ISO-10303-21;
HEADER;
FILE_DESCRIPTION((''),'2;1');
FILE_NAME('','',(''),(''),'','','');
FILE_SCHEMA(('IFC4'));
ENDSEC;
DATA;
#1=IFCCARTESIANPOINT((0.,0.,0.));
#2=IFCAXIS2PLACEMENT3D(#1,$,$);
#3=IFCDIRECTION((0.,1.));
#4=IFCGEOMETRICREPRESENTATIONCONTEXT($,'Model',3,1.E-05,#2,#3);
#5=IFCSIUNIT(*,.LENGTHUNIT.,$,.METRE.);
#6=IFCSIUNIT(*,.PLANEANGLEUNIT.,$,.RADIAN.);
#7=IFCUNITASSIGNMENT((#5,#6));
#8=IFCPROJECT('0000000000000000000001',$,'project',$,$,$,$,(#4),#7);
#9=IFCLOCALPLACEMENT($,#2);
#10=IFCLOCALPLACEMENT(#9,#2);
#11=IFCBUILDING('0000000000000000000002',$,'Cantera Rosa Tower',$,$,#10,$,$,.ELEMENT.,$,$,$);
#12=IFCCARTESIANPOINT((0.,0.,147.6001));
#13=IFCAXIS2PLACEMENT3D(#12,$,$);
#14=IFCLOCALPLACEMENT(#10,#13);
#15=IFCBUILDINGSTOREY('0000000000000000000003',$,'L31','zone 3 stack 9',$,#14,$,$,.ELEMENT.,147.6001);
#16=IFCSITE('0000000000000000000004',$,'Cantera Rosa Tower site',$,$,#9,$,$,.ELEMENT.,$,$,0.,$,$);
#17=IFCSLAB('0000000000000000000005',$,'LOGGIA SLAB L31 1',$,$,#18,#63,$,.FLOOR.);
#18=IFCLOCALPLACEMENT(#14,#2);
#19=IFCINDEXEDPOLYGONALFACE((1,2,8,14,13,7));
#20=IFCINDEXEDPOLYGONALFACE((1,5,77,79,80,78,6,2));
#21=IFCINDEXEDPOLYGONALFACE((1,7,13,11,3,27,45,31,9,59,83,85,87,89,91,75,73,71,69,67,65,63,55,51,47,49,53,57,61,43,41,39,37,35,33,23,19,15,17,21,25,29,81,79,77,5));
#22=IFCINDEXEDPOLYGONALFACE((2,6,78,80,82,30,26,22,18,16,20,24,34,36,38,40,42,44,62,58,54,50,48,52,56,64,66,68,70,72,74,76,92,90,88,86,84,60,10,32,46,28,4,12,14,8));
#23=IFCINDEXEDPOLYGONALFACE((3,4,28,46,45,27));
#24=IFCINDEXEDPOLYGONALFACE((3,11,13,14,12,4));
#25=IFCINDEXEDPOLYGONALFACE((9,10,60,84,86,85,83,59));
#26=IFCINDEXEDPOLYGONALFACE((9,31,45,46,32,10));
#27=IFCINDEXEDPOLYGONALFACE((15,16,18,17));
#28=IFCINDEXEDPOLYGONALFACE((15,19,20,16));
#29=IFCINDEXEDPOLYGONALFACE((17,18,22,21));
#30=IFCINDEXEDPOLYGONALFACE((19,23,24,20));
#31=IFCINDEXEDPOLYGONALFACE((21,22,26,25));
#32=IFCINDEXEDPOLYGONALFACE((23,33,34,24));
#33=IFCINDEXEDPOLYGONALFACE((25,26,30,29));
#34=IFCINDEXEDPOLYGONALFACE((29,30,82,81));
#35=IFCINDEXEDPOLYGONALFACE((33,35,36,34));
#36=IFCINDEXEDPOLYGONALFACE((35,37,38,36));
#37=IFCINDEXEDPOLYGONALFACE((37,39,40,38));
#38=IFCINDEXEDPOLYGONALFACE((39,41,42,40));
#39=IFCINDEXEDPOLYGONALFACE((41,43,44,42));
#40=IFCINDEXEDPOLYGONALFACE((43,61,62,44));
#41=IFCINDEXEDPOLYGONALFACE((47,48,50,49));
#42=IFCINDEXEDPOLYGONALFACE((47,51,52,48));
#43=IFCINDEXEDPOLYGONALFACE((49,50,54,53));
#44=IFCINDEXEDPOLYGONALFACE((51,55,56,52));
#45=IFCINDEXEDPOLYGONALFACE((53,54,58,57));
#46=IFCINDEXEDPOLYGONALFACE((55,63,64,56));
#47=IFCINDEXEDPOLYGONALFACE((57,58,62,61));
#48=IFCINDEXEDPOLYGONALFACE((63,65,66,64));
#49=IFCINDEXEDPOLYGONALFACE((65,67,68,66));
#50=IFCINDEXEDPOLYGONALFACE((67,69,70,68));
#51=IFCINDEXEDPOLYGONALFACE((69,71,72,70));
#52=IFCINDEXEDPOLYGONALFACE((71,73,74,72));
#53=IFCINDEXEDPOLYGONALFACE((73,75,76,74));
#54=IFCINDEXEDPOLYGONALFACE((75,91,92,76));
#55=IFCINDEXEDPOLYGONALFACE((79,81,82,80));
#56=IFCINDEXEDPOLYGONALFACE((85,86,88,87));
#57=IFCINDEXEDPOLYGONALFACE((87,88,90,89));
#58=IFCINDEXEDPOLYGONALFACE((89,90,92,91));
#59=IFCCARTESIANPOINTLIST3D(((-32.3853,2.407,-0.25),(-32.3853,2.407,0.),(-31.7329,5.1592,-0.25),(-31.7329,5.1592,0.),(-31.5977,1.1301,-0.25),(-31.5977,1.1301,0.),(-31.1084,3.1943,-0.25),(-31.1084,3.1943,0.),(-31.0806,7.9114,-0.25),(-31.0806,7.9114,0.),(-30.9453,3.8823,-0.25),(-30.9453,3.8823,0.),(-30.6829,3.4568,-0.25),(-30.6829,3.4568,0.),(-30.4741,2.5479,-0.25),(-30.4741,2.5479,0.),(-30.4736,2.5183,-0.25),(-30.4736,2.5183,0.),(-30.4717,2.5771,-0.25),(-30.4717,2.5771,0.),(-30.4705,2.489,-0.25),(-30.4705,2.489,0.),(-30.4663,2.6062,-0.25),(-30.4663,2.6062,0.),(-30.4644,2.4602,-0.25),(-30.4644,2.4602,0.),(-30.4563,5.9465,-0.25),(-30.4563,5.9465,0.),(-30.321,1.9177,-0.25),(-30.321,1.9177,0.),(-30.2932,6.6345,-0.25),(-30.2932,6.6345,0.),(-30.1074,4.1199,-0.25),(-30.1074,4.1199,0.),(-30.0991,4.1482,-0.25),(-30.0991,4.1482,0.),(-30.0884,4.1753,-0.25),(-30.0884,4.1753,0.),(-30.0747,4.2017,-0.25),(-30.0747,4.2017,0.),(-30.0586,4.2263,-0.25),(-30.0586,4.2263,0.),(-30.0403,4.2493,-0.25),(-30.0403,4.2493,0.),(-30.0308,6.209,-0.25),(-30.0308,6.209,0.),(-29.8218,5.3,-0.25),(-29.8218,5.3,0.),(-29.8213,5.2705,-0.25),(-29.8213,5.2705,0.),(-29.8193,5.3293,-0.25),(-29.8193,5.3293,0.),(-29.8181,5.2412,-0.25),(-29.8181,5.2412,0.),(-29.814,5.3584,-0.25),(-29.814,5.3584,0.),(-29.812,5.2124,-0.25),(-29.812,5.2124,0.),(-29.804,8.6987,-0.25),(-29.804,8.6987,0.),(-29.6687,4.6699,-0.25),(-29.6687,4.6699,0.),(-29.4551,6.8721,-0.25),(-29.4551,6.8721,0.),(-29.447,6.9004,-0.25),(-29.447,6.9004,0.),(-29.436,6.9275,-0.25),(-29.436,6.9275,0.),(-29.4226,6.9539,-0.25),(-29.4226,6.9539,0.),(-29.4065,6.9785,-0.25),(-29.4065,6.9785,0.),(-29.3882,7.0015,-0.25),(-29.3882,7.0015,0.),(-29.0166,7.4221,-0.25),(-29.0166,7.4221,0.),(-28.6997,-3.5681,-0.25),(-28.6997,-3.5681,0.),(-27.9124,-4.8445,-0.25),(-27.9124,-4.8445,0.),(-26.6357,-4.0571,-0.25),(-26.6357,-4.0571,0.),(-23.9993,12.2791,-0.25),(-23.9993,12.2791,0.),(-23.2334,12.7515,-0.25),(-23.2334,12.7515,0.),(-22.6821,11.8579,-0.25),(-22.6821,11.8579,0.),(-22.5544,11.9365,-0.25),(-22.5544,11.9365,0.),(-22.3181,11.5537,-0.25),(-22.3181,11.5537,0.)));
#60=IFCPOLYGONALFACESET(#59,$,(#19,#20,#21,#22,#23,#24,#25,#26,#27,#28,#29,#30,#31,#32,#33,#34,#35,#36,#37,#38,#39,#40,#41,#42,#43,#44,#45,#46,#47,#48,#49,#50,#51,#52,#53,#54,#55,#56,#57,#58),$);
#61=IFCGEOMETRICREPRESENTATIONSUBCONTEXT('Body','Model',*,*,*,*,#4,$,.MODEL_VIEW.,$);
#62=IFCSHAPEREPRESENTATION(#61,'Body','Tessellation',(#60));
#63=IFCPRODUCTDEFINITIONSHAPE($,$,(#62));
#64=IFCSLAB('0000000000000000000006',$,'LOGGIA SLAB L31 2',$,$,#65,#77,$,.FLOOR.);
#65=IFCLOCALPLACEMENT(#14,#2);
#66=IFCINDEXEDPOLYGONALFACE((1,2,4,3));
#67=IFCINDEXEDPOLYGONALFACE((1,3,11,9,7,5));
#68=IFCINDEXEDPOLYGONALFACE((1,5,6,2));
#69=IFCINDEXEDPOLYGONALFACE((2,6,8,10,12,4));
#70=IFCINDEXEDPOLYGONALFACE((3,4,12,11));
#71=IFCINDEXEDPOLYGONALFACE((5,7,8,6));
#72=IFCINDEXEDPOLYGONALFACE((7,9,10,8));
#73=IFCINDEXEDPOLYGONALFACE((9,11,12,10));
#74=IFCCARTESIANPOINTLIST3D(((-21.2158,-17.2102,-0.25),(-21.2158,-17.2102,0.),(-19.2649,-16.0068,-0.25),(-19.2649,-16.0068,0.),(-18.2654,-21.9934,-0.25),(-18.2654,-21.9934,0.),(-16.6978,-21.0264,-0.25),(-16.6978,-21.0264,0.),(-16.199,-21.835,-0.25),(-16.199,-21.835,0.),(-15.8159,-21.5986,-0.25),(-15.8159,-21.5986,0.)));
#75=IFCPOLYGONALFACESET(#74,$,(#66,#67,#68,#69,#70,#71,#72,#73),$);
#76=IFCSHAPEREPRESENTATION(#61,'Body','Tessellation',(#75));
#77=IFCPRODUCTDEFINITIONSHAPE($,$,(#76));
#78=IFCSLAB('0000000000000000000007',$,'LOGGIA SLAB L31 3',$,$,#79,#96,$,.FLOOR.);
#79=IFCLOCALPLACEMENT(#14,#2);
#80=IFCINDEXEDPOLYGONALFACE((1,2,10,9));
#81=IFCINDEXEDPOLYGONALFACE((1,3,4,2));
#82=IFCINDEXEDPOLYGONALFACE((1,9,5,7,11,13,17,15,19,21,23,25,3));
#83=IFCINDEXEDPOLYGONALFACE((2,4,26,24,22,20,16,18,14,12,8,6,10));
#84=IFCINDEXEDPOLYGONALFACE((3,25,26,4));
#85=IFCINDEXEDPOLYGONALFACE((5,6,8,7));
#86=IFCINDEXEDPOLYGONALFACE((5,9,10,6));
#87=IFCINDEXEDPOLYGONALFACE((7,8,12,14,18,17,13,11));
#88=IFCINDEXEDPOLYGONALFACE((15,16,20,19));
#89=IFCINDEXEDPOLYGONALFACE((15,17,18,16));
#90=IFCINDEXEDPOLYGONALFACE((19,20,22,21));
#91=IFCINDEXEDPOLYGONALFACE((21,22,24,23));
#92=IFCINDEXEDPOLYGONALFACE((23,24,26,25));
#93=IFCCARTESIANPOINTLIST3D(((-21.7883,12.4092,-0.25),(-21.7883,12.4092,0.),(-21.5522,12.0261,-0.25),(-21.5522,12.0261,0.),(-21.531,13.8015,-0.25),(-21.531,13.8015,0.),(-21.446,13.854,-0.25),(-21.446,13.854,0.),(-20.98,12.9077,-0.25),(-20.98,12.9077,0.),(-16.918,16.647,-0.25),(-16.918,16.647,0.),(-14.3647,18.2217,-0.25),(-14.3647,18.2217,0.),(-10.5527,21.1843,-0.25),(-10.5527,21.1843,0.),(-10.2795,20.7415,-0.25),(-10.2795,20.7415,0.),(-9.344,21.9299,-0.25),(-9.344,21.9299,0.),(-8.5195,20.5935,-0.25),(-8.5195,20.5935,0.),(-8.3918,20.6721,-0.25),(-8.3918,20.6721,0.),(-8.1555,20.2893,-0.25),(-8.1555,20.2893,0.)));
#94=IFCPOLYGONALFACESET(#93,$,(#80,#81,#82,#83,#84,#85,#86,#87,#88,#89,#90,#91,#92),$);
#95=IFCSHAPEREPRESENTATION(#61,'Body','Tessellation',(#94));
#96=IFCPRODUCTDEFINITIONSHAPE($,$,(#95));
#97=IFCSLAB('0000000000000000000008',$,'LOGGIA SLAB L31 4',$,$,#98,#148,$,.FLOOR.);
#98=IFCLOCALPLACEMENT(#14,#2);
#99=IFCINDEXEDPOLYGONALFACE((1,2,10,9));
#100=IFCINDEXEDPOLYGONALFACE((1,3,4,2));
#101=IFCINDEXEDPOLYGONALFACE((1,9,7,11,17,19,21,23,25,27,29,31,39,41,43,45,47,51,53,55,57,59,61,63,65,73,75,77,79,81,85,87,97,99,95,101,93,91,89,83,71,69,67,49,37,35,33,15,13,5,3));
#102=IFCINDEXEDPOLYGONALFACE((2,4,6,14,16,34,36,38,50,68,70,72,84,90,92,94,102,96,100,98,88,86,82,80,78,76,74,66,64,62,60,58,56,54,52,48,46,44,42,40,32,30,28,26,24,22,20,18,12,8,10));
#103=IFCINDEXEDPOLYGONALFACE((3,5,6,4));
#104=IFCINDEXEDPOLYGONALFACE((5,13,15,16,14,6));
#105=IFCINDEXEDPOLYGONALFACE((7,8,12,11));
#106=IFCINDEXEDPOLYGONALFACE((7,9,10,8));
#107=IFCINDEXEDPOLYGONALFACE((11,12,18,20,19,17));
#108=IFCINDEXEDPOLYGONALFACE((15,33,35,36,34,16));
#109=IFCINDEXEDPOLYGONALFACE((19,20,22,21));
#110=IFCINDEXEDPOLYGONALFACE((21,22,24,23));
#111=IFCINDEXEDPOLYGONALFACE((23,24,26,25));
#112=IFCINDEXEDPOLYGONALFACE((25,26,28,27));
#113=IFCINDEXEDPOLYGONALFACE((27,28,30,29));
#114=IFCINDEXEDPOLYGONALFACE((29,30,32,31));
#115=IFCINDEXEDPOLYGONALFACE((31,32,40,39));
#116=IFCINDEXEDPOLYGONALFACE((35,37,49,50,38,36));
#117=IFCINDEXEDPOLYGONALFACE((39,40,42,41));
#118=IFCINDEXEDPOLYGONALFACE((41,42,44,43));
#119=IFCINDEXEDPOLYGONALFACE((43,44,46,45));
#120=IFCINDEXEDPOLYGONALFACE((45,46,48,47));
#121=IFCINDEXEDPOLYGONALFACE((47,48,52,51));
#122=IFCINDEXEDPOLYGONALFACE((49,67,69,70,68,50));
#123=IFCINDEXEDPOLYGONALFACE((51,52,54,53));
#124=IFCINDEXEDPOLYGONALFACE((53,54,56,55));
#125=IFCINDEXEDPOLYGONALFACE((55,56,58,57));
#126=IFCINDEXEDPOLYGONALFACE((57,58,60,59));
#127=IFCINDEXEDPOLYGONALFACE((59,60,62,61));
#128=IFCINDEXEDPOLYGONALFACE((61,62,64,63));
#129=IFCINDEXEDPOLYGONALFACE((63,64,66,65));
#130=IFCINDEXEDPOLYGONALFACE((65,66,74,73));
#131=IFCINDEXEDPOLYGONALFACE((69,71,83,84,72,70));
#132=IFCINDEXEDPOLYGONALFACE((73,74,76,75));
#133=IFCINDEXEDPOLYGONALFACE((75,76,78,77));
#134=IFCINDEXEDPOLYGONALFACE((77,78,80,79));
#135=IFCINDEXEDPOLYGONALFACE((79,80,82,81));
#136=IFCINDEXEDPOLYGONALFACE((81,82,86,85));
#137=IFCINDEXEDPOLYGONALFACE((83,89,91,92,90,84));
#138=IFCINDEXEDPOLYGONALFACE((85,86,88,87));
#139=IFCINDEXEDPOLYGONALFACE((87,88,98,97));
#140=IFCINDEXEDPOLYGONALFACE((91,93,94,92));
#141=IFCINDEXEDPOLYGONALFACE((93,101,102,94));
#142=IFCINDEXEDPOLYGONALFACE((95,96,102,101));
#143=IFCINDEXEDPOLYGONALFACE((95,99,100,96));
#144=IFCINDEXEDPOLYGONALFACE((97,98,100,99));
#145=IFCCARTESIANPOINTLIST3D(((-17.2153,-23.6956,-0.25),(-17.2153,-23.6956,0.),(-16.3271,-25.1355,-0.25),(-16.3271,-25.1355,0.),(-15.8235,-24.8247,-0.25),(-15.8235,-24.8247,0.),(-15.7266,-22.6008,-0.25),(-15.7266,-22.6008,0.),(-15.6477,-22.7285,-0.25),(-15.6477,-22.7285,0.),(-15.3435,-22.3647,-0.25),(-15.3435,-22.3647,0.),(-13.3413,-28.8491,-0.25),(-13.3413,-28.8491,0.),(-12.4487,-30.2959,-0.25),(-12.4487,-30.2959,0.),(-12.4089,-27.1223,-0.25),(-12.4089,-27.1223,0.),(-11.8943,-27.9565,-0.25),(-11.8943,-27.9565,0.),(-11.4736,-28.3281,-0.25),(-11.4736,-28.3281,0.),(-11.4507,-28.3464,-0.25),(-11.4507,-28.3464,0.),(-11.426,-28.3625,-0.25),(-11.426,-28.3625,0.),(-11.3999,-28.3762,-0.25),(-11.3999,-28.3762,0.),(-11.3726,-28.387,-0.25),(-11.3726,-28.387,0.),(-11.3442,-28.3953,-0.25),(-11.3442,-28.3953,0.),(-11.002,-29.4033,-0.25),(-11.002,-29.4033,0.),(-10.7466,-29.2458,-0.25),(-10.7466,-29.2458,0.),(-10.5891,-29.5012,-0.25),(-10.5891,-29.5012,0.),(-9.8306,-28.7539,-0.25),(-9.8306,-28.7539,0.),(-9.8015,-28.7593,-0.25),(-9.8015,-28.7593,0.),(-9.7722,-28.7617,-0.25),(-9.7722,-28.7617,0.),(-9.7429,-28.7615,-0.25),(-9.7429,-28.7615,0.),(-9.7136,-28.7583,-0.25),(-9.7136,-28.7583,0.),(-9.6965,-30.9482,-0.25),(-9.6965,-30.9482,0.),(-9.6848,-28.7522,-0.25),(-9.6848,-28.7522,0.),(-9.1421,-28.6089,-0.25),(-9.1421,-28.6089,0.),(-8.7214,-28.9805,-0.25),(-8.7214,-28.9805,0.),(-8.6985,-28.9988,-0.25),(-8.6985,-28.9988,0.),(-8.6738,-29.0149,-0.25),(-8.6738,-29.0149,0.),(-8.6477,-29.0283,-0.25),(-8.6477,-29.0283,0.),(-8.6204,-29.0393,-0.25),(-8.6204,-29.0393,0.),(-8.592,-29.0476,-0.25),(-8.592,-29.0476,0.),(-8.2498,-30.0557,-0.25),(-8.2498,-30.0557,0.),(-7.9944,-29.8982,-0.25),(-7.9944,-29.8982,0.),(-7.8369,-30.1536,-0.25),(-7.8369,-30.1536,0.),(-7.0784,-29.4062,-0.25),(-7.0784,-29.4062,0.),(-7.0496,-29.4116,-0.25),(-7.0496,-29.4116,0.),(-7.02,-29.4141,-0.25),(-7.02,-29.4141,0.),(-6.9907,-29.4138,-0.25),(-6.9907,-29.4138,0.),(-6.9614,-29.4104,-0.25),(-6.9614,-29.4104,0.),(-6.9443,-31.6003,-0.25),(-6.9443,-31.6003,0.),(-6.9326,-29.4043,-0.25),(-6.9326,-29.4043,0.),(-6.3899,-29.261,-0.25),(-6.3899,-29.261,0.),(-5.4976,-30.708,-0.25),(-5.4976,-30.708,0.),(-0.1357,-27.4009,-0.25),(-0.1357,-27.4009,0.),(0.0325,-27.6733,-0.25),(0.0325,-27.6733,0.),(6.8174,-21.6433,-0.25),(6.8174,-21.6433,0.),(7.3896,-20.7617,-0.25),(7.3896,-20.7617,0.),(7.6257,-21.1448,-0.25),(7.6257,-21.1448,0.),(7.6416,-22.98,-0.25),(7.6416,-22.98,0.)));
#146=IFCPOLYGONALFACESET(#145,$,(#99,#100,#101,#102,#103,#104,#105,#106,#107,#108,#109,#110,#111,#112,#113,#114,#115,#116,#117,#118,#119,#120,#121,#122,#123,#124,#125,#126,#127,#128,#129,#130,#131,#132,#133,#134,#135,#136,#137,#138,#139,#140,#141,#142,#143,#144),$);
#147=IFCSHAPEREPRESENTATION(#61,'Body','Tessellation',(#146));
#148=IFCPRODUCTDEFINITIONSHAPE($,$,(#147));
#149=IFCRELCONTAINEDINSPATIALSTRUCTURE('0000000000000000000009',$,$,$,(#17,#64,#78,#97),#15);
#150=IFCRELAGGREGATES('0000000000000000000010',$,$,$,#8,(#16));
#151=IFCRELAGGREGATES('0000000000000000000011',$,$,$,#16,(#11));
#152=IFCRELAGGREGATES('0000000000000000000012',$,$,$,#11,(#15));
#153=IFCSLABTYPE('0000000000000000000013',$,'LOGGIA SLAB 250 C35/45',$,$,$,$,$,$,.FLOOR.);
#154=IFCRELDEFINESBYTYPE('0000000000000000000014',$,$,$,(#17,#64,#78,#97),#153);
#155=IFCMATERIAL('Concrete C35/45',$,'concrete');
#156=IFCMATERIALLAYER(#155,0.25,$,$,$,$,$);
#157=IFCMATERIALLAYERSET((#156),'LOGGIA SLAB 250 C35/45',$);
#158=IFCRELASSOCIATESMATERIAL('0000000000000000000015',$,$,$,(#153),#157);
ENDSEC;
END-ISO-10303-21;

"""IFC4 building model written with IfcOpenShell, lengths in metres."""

from ifc_helpers import new_model, si_unit, direction, frame, origin, place, context, subcontext, project, spatial, polyline, outline, extrude, material, layer, layer_set, type_object, element, save


model = new_model("IFC4")

# Units and contexts
model_context = context("Model", 3, precision=1e-05, world=origin(), true_north=direction((0.0, 1.0)))
body_context = subcontext(model_context, "Body", "Model", "MODEL_VIEW")
ifc_project = project(units=[si_unit("LENGTHUNIT", "METRE"), si_unit("PLANEANGLEUNIT", "RADIAN")], contexts=[model_context])

# Site, building, storey
site_placement = place(None, origin())
site = spatial("IfcSite", under=ifc_project, at=site_placement, Name="Cantera Rosa Tower site", CompositionType="ELEMENT", RefElevation=0.0)
building_placement = place(site_placement, origin())
building = spatial("IfcBuilding", under=site, at=building_placement, Name="Cantera Rosa Tower", CompositionType="ELEMENT")
storey_placement = place(building_placement, frame((0.0, 0.0, 147.6001)))
storey = spatial("IfcBuildingStorey", under=building, at=storey_placement, Name="L31", Description="zone 3 stack 9", CompositionType="ELEMENT", Elevation=147.6001)

# Slabs
ifc_material_1 = material(Name="Concrete C35/45", Category="concrete")
ifc_layer_1 = layer(ifc_material_1, 0.25)
ifc_layer_set_1 = layer_set([ifc_layer_1], Name="LOGGIA SLAB 250 C35/45")
slab_type_1 = type_object("IfcSlabType", Name="LOGGIA SLAB 250 C35/45", PredefinedType="FLOOR", material=ifc_layer_set_1)
slab_1_placement = place(storey_placement, frame((0.0, 0.0, -0.25)))
element("IfcSlab", 1, at=slab_1_placement, inside=storey, type_object=slab_type_1, Name="LOGGIA SLAB L31 1", PredefinedType="FLOOR", context=body_context, shape_type="SweptSolid", body=[
    extrude(outline(polyline([(-30.6829, 3.4568), (-30.9453, 3.8823), (-31.7329, 5.1592), (-30.4563, 5.9465), (-30.0308, 6.209), (-30.2932, 6.6345), (-31.0806, 7.9114), (-29.804, 8.6987), (-23.9993, 12.2791), (-23.2334, 12.7515), (-22.6821, 11.8579), (-22.5544, 11.9365), (-22.3181, 11.5537), (-29.0166, 7.4221), (-29.3882, 7.0015), (-29.4065, 6.9785), (-29.4226, 6.9539), (-29.436, 6.9275), (-29.447, 6.9004), (-29.4551, 6.8721), (-29.814, 5.3584), (-29.8193, 5.3293), (-29.8218, 5.3), (-29.8213, 5.2705), (-29.8181, 5.2412), (-29.812, 5.2124), (-29.6687, 4.6699), (-30.0403, 4.2493), (-30.0586, 4.2263), (-30.0747, 4.2017), (-30.0884, 4.1753), (-30.0991, 4.1482), (-30.1074, 4.1199), (-30.4663, 2.6062), (-30.4717, 2.5771), (-30.4741, 2.5479), (-30.4736, 2.5183), (-30.4705, 2.489), (-30.4644, 2.4602), (-30.321, 1.9177), (-26.6357, -4.0571), (-27.9124, -4.8445), (-28.6997, -3.5681), (-31.5977, 1.1301), (-32.3853, 2.407), (-31.1084, 3.1943), (-30.6829, 3.4568)])), origin(), (0.0, 0.0, 1.0), 0.25),
])
slab_2_placement = place(storey_placement, frame((0.0, 0.0, -0.25)))
element("IfcSlab", 2, at=slab_2_placement, inside=storey, type_object=slab_type_1, Name="LOGGIA SLAB L31 2", PredefinedType="FLOOR", context=body_context, shape_type="SweptSolid", body=[
    extrude(outline(polyline([(-21.2158, -17.2102), (-19.2649, -16.0068), (-15.8159, -21.5986), (-16.199, -21.835), (-16.6978, -21.0264), (-18.2654, -21.9934), (-21.2158, -17.2102)])), origin(), (0.0, 0.0, 1.0), 0.25),
])
slab_3_placement = place(storey_placement, frame((0.0, 0.0, -0.25)))
element("IfcSlab", 3, at=slab_3_placement, inside=storey, type_object=slab_type_1, Name="LOGGIA SLAB L31 3", PredefinedType="FLOOR", context=body_context, shape_type="SweptSolid", body=[
    extrude(outline(polyline([(-9.344, 21.9299), (-8.5195, 20.5935), (-8.3918, 20.6721), (-8.1555, 20.2893), (-21.5522, 12.0261), (-21.7883, 12.4092), (-20.98, 12.9077), (-21.531, 13.8015), (-21.446, 13.854), (-16.918, 16.647), (-14.3647, 18.2217), (-10.2795, 20.7415), (-10.5527, 21.1843), (-9.344, 21.9299)])), origin(), (0.0, 0.0, 1.0), 0.25),
])
slab_4_placement = place(storey_placement, frame((0.0, 0.0, -0.25)))
element("IfcSlab", 4, at=slab_4_placement, inside=storey, type_object=slab_type_1, Name="LOGGIA SLAB L31 4", PredefinedType="FLOOR", context=body_context, shape_type="SweptSolid", body=[
    extrude(outline(polyline([(-7.9944, -29.8982), (-8.2498, -30.0557), (-9.6965, -30.9482), (-10.5891, -29.5012), (-10.7466, -29.2458), (-11.002, -29.4033), (-12.4487, -30.2959), (-13.3413, -28.8491), (-15.8235, -24.8247), (-16.3271, -25.1355), (-17.2153, -23.6956), (-15.6477, -22.7285), (-15.7266, -22.6008), (-15.3435, -22.3647), (-12.4089, -27.1223), (-11.8943, -27.9565), (-11.4736, -28.3281), (-11.4507, -28.3464), (-11.426, -28.3625), (-11.3999, -28.3762), (-11.3726, -28.387), (-11.3442, -28.3953), (-9.8306, -28.7539), (-9.8015, -28.7593), (-9.7722, -28.7617), (-9.7429, -28.7615), (-9.7136, -28.7583), (-9.6848, -28.7522), (-9.1421, -28.6089), (-8.7214, -28.9805), (-8.6985, -28.9988), (-8.6738, -29.0149), (-8.6477, -29.0283), (-8.6204, -29.0393), (-8.592, -29.0476), (-7.0784, -29.4062), (-7.0496, -29.4116), (-7.02, -29.4141), (-6.9907, -29.4138), (-6.9614, -29.4104), (-6.9326, -29.4043), (-6.3899, -29.261), (7.3896, -20.7617), (7.6257, -21.1448), (6.8174, -21.6433), (7.6416, -22.98), (0.0325, -27.6733), (-0.1357, -27.4009), (-5.4976, -30.708), (-6.9443, -31.6003), (-7.8369, -30.1536), (-7.9944, -29.8982)])), origin(), (0.0, 0.0, 1.0), 0.25),
])

save(model, "model.ifc")
